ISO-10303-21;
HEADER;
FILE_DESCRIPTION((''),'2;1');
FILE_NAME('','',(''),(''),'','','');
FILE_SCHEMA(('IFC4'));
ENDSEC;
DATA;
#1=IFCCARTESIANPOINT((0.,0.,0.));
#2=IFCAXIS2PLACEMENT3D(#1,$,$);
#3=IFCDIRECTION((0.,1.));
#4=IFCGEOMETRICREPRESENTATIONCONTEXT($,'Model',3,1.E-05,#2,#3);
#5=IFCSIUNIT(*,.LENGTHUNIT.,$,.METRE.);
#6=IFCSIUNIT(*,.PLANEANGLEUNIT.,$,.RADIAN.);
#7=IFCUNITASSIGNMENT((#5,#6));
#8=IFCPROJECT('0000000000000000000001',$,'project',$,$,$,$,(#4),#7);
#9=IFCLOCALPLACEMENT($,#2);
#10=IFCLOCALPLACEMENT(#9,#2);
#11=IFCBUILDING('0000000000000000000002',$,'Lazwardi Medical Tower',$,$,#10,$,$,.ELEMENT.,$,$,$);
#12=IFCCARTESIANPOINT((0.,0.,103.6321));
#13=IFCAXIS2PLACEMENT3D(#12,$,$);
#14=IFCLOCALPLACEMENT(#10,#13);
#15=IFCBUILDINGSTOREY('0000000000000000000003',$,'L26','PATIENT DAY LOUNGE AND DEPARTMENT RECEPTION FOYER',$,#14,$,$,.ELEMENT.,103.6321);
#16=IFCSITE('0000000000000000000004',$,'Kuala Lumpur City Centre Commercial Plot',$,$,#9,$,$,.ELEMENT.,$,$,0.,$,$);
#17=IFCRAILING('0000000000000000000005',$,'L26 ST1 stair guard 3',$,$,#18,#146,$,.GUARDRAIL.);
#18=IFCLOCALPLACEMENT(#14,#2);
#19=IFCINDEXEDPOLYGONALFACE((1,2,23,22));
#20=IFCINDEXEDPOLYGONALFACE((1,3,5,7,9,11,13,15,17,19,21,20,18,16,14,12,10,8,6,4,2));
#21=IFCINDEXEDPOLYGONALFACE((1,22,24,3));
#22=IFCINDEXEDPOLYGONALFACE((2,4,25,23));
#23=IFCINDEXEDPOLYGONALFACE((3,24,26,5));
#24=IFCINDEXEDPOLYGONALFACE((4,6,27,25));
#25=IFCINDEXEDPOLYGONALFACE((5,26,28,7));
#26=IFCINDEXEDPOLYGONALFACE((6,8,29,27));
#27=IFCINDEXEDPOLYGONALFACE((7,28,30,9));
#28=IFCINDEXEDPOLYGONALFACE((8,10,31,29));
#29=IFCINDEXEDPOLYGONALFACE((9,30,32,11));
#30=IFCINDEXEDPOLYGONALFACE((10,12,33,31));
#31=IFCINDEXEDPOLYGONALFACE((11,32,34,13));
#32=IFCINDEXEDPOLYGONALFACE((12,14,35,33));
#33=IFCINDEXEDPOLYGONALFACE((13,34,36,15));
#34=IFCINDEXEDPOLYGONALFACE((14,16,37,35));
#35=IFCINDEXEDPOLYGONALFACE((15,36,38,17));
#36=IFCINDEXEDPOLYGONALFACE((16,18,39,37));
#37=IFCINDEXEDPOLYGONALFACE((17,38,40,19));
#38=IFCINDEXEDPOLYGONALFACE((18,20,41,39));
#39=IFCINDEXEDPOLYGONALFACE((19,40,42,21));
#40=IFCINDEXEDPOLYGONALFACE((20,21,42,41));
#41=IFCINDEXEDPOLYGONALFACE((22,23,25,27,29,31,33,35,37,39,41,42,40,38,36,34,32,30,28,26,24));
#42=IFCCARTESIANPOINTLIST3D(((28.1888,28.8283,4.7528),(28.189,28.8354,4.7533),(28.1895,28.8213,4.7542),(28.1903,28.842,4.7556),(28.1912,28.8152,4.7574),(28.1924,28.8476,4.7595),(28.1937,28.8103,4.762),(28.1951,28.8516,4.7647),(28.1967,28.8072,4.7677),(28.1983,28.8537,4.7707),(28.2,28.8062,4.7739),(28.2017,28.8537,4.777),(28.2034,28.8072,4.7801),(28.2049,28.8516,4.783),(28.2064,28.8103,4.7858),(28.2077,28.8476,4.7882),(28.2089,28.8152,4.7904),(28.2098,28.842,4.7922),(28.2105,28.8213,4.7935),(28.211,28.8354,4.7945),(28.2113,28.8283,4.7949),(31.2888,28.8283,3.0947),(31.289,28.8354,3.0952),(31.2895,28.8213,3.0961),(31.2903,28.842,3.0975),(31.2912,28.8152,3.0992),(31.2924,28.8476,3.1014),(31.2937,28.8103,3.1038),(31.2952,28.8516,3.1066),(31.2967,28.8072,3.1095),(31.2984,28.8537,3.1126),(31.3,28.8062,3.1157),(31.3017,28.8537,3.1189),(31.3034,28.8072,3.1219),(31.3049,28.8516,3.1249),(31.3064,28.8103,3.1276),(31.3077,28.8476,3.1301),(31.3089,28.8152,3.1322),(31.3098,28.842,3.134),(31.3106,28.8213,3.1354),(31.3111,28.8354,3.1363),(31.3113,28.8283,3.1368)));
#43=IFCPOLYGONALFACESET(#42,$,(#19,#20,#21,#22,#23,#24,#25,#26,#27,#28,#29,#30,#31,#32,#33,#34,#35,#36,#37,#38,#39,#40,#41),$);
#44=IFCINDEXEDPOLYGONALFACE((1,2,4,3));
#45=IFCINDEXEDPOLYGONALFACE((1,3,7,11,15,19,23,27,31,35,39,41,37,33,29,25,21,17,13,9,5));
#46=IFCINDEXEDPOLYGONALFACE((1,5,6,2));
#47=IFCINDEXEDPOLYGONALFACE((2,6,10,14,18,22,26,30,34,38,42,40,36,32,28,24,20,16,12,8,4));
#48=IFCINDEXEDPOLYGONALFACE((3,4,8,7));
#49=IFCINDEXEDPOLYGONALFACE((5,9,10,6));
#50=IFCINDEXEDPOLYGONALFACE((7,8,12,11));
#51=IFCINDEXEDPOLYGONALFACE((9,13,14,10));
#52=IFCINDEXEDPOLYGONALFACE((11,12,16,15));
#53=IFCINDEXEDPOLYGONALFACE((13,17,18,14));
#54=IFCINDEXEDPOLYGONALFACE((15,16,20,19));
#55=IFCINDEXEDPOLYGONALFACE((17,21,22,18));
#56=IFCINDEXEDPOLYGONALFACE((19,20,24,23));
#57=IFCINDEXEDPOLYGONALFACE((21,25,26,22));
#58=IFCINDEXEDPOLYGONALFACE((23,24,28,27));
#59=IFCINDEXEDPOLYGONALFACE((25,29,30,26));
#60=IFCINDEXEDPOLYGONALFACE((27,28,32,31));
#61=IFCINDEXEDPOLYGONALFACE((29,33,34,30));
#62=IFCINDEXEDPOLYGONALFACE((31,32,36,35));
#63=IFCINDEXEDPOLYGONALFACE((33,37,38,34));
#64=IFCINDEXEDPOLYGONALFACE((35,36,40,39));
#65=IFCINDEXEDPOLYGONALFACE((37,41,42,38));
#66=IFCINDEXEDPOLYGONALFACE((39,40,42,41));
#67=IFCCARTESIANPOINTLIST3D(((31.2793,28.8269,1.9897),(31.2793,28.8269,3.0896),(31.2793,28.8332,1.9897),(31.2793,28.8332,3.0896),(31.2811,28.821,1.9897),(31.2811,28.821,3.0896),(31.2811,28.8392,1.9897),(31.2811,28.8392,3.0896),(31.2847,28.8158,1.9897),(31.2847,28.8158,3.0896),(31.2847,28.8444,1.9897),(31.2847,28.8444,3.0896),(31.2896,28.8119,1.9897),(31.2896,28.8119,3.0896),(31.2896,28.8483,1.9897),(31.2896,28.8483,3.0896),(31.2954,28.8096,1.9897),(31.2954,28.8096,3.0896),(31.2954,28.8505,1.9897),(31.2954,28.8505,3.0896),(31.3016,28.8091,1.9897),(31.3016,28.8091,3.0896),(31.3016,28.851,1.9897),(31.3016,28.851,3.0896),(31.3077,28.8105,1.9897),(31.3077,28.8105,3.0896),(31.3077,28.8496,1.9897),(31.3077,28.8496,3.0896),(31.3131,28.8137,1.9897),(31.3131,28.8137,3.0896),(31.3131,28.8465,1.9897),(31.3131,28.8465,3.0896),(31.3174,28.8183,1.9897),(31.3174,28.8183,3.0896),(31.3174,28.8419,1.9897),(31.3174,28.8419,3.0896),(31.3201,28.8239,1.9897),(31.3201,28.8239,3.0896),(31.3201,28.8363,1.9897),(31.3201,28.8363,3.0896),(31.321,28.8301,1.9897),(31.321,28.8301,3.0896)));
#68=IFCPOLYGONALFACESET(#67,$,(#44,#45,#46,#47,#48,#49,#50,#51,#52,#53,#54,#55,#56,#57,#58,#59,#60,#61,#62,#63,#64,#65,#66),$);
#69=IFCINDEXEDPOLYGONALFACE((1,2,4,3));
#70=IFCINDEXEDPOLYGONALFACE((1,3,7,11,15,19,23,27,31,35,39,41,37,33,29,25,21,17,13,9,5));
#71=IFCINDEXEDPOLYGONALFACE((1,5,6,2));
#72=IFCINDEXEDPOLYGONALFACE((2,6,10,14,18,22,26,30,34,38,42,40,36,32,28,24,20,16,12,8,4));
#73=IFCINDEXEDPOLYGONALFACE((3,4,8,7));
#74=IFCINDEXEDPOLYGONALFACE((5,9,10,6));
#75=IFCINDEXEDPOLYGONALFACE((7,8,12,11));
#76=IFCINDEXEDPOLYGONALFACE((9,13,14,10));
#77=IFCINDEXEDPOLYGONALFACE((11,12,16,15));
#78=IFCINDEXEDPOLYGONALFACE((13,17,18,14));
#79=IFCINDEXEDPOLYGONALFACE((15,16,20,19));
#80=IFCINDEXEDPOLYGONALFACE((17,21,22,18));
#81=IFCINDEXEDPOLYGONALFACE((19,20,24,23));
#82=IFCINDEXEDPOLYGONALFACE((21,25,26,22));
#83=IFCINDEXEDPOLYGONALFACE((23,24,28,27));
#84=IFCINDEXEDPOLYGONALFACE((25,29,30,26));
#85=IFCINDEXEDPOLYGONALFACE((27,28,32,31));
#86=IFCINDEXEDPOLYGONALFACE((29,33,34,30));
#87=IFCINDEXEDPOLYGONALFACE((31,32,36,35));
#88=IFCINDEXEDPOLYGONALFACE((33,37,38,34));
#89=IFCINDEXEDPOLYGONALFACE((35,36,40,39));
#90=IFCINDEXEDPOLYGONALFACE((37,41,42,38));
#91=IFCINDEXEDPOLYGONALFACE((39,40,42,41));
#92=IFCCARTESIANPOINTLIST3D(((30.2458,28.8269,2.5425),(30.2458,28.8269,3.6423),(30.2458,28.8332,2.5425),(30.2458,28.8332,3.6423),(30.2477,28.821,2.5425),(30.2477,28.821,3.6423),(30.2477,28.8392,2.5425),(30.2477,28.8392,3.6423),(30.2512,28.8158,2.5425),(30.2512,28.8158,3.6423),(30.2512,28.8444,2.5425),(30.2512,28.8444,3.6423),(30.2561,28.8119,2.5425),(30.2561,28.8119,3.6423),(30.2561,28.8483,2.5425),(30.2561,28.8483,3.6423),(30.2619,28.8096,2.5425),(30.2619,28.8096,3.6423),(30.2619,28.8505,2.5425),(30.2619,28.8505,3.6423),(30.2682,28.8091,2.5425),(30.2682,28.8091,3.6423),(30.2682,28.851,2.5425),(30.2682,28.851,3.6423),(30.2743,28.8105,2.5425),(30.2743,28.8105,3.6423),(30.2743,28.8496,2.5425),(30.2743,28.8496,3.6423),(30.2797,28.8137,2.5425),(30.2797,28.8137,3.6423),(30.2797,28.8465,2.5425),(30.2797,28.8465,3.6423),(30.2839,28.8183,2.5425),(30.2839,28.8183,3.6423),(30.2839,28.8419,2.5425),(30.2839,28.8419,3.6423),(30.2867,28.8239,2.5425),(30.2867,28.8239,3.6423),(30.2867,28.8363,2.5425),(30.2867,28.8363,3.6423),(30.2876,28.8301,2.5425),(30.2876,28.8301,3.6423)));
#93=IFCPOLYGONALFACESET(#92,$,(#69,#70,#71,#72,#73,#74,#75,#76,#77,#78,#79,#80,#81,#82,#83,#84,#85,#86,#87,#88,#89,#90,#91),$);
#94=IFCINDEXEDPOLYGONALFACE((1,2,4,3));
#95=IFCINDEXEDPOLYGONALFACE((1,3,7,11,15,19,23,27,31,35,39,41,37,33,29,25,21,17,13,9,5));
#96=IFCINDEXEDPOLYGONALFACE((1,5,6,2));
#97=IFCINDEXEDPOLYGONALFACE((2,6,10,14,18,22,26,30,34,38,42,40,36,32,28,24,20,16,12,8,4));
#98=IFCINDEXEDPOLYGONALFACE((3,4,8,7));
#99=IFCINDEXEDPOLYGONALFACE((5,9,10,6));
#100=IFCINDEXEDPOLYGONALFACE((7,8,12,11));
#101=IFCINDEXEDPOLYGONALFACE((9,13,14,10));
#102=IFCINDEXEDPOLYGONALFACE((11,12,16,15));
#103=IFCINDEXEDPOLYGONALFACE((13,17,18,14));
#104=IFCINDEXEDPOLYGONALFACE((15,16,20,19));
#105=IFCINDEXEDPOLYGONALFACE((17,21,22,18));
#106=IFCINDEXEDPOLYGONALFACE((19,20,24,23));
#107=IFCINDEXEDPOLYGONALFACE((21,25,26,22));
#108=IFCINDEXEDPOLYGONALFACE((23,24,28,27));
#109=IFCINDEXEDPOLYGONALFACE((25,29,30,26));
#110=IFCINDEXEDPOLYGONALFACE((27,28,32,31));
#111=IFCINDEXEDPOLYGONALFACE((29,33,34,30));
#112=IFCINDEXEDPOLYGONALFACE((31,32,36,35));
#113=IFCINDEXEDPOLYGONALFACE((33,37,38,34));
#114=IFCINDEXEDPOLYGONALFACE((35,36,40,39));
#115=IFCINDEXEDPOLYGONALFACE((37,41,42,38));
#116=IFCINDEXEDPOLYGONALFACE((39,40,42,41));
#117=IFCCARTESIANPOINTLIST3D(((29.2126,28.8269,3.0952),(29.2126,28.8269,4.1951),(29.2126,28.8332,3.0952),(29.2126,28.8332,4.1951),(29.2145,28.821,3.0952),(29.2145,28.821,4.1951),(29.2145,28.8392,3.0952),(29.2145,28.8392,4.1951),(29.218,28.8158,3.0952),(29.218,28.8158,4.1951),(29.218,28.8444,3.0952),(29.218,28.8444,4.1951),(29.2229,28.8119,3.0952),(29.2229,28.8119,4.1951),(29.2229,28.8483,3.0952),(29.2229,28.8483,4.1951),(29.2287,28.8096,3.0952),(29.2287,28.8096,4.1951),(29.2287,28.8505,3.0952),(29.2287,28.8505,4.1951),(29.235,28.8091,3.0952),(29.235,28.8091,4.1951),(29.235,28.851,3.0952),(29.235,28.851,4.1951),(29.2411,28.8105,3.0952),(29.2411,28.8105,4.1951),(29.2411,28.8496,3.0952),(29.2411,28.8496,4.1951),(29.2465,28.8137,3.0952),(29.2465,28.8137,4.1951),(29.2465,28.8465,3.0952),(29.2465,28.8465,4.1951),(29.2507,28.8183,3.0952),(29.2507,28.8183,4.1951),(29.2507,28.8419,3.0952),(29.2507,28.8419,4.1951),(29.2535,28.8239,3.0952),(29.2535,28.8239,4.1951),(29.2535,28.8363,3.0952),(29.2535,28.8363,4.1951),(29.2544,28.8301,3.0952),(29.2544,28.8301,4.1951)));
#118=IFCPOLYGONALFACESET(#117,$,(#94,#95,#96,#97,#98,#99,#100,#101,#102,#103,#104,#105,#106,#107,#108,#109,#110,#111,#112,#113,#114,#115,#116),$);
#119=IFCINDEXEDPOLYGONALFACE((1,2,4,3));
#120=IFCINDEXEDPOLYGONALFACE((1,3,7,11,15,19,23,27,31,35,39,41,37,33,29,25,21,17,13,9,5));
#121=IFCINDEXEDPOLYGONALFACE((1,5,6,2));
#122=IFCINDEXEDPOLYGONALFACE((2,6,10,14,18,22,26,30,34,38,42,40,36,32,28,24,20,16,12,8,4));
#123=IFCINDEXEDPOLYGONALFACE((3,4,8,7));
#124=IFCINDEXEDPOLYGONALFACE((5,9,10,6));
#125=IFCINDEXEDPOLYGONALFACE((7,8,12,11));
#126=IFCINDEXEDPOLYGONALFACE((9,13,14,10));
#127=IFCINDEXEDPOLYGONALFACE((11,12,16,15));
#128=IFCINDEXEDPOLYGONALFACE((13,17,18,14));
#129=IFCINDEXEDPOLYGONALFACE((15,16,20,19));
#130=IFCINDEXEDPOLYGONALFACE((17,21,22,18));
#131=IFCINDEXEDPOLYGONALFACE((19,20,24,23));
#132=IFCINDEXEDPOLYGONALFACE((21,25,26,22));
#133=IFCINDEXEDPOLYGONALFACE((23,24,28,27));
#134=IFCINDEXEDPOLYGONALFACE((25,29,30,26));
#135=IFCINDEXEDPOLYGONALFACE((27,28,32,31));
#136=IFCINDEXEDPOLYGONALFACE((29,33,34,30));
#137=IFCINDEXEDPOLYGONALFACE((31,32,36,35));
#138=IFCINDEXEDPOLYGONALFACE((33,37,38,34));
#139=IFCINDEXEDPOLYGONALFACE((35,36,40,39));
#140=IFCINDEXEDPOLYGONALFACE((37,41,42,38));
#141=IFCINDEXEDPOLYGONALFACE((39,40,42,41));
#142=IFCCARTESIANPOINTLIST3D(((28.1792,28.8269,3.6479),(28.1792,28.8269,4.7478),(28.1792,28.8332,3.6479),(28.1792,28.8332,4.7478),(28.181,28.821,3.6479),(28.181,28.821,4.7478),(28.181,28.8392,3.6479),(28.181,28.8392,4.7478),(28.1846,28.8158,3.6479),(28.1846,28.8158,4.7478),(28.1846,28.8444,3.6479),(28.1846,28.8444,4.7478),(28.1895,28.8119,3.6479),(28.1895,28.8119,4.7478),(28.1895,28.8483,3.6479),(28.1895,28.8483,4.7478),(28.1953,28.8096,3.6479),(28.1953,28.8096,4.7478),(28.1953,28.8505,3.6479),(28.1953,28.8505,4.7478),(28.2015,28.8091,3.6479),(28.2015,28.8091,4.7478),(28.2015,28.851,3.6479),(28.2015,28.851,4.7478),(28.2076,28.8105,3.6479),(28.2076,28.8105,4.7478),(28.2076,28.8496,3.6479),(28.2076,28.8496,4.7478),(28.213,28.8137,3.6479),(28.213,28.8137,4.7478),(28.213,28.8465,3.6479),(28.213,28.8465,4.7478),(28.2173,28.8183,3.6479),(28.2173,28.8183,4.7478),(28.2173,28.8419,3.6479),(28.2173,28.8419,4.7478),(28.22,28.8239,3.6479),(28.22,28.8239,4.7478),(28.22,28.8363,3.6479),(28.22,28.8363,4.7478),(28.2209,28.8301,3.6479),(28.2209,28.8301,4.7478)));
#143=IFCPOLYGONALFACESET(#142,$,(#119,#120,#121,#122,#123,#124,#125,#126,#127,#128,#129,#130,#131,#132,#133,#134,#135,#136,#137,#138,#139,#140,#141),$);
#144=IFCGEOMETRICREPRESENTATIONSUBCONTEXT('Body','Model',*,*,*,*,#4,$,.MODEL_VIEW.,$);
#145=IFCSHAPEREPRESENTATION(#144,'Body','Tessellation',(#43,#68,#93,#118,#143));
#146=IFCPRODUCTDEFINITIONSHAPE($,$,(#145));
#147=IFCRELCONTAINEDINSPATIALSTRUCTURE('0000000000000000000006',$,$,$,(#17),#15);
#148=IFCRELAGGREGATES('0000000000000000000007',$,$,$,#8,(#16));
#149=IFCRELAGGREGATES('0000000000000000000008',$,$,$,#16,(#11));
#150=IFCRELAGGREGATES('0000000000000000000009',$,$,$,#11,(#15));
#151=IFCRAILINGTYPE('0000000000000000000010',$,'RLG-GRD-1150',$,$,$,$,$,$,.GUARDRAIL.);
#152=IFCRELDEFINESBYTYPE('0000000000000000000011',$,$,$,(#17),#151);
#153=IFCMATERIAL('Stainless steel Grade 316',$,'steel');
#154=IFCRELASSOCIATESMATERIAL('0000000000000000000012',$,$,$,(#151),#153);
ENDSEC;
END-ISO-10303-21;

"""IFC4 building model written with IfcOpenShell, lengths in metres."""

from ifc_helpers import new_model, si_unit, direction, frame, origin, origin_2d, place, context, subcontext, project, spatial, circle, extrude, material, type_object, element, save


model = new_model("IFC4")

# Units and contexts
model_context = context("Model", 3, precision=1e-05, world=origin(), true_north=direction((0.0, 1.0)))
body_context = subcontext(model_context, "Body", "Model", "MODEL_VIEW")
ifc_project = project(units=[si_unit("LENGTHUNIT", "METRE"), si_unit("PLANEANGLEUNIT", "RADIAN")], contexts=[model_context])

# Site, building, storey
site_placement = place(None, origin())
site = spatial("IfcSite", under=ifc_project, at=site_placement, Name="Kuala Lumpur City Centre Commercial Plot", CompositionType="ELEMENT", RefElevation=0.0)
building_placement = place(site_placement, origin())
building = spatial("IfcBuilding", under=site, at=building_placement, Name="Lazwardi Medical Tower", CompositionType="ELEMENT")
storey_placement = place(building_placement, frame((0.0, 0.0, 103.6321)))
storey = spatial("IfcBuildingStorey", under=building, at=storey_placement, Name="L26", Description="PATIENT DAY LOUNGE AND DEPARTMENT RECEPTION FOYER", CompositionType="ELEMENT", Elevation=103.6321)

# Railing
ifc_material_1 = material(Name="Stainless steel Grade 316", Category="steel")
railing_type_1 = type_object("IfcRailingType", Name="RLG-GRD-1150", PredefinedType="GUARDRAIL", material=ifc_material_1)
railing_1_placement = place(storey_placement, frame((31.3, 28.8301, 1.9897)))
element("IfcRailing", 1, at=railing_1_placement, inside=storey, type_object=railing_type_1, Name="L26 ST1 stair guard 3", PredefinedType="GUARDRAIL", context=body_context, shape_type="SweptSolid", body=[
    extrude(circle(Radius=0.0239, at=origin_2d()), frame((0.0, 0.0, 1.126), z_axis=(-0.881783, 0.0, 0.471655), x_axis=(0.0, -1.0, 0.0)), (0.0, 0.0, 1.0), 3.5156),
    extrude(circle(Radius=0.021, at=origin_2d()), origin(), (0.0, 0.0, 1.0), 1.0999),
    extrude(circle(Radius=0.021, at=origin_2d()), frame((-1.0334, 0.0, 0.5527)), (0.0, 0.0, 1.0), 1.0999),
    extrude(circle(Radius=0.021, at=origin_2d()), frame((-2.0667, 0.0, 1.1055)), (0.0, 0.0, 1.0), 1.0999),
    extrude(circle(Radius=0.021, at=origin_2d()), frame((-3.1001, 0.0, 1.6582)), (0.0, 0.0, 1.0), 1.0999),
])

save(model, "model.ifc")
